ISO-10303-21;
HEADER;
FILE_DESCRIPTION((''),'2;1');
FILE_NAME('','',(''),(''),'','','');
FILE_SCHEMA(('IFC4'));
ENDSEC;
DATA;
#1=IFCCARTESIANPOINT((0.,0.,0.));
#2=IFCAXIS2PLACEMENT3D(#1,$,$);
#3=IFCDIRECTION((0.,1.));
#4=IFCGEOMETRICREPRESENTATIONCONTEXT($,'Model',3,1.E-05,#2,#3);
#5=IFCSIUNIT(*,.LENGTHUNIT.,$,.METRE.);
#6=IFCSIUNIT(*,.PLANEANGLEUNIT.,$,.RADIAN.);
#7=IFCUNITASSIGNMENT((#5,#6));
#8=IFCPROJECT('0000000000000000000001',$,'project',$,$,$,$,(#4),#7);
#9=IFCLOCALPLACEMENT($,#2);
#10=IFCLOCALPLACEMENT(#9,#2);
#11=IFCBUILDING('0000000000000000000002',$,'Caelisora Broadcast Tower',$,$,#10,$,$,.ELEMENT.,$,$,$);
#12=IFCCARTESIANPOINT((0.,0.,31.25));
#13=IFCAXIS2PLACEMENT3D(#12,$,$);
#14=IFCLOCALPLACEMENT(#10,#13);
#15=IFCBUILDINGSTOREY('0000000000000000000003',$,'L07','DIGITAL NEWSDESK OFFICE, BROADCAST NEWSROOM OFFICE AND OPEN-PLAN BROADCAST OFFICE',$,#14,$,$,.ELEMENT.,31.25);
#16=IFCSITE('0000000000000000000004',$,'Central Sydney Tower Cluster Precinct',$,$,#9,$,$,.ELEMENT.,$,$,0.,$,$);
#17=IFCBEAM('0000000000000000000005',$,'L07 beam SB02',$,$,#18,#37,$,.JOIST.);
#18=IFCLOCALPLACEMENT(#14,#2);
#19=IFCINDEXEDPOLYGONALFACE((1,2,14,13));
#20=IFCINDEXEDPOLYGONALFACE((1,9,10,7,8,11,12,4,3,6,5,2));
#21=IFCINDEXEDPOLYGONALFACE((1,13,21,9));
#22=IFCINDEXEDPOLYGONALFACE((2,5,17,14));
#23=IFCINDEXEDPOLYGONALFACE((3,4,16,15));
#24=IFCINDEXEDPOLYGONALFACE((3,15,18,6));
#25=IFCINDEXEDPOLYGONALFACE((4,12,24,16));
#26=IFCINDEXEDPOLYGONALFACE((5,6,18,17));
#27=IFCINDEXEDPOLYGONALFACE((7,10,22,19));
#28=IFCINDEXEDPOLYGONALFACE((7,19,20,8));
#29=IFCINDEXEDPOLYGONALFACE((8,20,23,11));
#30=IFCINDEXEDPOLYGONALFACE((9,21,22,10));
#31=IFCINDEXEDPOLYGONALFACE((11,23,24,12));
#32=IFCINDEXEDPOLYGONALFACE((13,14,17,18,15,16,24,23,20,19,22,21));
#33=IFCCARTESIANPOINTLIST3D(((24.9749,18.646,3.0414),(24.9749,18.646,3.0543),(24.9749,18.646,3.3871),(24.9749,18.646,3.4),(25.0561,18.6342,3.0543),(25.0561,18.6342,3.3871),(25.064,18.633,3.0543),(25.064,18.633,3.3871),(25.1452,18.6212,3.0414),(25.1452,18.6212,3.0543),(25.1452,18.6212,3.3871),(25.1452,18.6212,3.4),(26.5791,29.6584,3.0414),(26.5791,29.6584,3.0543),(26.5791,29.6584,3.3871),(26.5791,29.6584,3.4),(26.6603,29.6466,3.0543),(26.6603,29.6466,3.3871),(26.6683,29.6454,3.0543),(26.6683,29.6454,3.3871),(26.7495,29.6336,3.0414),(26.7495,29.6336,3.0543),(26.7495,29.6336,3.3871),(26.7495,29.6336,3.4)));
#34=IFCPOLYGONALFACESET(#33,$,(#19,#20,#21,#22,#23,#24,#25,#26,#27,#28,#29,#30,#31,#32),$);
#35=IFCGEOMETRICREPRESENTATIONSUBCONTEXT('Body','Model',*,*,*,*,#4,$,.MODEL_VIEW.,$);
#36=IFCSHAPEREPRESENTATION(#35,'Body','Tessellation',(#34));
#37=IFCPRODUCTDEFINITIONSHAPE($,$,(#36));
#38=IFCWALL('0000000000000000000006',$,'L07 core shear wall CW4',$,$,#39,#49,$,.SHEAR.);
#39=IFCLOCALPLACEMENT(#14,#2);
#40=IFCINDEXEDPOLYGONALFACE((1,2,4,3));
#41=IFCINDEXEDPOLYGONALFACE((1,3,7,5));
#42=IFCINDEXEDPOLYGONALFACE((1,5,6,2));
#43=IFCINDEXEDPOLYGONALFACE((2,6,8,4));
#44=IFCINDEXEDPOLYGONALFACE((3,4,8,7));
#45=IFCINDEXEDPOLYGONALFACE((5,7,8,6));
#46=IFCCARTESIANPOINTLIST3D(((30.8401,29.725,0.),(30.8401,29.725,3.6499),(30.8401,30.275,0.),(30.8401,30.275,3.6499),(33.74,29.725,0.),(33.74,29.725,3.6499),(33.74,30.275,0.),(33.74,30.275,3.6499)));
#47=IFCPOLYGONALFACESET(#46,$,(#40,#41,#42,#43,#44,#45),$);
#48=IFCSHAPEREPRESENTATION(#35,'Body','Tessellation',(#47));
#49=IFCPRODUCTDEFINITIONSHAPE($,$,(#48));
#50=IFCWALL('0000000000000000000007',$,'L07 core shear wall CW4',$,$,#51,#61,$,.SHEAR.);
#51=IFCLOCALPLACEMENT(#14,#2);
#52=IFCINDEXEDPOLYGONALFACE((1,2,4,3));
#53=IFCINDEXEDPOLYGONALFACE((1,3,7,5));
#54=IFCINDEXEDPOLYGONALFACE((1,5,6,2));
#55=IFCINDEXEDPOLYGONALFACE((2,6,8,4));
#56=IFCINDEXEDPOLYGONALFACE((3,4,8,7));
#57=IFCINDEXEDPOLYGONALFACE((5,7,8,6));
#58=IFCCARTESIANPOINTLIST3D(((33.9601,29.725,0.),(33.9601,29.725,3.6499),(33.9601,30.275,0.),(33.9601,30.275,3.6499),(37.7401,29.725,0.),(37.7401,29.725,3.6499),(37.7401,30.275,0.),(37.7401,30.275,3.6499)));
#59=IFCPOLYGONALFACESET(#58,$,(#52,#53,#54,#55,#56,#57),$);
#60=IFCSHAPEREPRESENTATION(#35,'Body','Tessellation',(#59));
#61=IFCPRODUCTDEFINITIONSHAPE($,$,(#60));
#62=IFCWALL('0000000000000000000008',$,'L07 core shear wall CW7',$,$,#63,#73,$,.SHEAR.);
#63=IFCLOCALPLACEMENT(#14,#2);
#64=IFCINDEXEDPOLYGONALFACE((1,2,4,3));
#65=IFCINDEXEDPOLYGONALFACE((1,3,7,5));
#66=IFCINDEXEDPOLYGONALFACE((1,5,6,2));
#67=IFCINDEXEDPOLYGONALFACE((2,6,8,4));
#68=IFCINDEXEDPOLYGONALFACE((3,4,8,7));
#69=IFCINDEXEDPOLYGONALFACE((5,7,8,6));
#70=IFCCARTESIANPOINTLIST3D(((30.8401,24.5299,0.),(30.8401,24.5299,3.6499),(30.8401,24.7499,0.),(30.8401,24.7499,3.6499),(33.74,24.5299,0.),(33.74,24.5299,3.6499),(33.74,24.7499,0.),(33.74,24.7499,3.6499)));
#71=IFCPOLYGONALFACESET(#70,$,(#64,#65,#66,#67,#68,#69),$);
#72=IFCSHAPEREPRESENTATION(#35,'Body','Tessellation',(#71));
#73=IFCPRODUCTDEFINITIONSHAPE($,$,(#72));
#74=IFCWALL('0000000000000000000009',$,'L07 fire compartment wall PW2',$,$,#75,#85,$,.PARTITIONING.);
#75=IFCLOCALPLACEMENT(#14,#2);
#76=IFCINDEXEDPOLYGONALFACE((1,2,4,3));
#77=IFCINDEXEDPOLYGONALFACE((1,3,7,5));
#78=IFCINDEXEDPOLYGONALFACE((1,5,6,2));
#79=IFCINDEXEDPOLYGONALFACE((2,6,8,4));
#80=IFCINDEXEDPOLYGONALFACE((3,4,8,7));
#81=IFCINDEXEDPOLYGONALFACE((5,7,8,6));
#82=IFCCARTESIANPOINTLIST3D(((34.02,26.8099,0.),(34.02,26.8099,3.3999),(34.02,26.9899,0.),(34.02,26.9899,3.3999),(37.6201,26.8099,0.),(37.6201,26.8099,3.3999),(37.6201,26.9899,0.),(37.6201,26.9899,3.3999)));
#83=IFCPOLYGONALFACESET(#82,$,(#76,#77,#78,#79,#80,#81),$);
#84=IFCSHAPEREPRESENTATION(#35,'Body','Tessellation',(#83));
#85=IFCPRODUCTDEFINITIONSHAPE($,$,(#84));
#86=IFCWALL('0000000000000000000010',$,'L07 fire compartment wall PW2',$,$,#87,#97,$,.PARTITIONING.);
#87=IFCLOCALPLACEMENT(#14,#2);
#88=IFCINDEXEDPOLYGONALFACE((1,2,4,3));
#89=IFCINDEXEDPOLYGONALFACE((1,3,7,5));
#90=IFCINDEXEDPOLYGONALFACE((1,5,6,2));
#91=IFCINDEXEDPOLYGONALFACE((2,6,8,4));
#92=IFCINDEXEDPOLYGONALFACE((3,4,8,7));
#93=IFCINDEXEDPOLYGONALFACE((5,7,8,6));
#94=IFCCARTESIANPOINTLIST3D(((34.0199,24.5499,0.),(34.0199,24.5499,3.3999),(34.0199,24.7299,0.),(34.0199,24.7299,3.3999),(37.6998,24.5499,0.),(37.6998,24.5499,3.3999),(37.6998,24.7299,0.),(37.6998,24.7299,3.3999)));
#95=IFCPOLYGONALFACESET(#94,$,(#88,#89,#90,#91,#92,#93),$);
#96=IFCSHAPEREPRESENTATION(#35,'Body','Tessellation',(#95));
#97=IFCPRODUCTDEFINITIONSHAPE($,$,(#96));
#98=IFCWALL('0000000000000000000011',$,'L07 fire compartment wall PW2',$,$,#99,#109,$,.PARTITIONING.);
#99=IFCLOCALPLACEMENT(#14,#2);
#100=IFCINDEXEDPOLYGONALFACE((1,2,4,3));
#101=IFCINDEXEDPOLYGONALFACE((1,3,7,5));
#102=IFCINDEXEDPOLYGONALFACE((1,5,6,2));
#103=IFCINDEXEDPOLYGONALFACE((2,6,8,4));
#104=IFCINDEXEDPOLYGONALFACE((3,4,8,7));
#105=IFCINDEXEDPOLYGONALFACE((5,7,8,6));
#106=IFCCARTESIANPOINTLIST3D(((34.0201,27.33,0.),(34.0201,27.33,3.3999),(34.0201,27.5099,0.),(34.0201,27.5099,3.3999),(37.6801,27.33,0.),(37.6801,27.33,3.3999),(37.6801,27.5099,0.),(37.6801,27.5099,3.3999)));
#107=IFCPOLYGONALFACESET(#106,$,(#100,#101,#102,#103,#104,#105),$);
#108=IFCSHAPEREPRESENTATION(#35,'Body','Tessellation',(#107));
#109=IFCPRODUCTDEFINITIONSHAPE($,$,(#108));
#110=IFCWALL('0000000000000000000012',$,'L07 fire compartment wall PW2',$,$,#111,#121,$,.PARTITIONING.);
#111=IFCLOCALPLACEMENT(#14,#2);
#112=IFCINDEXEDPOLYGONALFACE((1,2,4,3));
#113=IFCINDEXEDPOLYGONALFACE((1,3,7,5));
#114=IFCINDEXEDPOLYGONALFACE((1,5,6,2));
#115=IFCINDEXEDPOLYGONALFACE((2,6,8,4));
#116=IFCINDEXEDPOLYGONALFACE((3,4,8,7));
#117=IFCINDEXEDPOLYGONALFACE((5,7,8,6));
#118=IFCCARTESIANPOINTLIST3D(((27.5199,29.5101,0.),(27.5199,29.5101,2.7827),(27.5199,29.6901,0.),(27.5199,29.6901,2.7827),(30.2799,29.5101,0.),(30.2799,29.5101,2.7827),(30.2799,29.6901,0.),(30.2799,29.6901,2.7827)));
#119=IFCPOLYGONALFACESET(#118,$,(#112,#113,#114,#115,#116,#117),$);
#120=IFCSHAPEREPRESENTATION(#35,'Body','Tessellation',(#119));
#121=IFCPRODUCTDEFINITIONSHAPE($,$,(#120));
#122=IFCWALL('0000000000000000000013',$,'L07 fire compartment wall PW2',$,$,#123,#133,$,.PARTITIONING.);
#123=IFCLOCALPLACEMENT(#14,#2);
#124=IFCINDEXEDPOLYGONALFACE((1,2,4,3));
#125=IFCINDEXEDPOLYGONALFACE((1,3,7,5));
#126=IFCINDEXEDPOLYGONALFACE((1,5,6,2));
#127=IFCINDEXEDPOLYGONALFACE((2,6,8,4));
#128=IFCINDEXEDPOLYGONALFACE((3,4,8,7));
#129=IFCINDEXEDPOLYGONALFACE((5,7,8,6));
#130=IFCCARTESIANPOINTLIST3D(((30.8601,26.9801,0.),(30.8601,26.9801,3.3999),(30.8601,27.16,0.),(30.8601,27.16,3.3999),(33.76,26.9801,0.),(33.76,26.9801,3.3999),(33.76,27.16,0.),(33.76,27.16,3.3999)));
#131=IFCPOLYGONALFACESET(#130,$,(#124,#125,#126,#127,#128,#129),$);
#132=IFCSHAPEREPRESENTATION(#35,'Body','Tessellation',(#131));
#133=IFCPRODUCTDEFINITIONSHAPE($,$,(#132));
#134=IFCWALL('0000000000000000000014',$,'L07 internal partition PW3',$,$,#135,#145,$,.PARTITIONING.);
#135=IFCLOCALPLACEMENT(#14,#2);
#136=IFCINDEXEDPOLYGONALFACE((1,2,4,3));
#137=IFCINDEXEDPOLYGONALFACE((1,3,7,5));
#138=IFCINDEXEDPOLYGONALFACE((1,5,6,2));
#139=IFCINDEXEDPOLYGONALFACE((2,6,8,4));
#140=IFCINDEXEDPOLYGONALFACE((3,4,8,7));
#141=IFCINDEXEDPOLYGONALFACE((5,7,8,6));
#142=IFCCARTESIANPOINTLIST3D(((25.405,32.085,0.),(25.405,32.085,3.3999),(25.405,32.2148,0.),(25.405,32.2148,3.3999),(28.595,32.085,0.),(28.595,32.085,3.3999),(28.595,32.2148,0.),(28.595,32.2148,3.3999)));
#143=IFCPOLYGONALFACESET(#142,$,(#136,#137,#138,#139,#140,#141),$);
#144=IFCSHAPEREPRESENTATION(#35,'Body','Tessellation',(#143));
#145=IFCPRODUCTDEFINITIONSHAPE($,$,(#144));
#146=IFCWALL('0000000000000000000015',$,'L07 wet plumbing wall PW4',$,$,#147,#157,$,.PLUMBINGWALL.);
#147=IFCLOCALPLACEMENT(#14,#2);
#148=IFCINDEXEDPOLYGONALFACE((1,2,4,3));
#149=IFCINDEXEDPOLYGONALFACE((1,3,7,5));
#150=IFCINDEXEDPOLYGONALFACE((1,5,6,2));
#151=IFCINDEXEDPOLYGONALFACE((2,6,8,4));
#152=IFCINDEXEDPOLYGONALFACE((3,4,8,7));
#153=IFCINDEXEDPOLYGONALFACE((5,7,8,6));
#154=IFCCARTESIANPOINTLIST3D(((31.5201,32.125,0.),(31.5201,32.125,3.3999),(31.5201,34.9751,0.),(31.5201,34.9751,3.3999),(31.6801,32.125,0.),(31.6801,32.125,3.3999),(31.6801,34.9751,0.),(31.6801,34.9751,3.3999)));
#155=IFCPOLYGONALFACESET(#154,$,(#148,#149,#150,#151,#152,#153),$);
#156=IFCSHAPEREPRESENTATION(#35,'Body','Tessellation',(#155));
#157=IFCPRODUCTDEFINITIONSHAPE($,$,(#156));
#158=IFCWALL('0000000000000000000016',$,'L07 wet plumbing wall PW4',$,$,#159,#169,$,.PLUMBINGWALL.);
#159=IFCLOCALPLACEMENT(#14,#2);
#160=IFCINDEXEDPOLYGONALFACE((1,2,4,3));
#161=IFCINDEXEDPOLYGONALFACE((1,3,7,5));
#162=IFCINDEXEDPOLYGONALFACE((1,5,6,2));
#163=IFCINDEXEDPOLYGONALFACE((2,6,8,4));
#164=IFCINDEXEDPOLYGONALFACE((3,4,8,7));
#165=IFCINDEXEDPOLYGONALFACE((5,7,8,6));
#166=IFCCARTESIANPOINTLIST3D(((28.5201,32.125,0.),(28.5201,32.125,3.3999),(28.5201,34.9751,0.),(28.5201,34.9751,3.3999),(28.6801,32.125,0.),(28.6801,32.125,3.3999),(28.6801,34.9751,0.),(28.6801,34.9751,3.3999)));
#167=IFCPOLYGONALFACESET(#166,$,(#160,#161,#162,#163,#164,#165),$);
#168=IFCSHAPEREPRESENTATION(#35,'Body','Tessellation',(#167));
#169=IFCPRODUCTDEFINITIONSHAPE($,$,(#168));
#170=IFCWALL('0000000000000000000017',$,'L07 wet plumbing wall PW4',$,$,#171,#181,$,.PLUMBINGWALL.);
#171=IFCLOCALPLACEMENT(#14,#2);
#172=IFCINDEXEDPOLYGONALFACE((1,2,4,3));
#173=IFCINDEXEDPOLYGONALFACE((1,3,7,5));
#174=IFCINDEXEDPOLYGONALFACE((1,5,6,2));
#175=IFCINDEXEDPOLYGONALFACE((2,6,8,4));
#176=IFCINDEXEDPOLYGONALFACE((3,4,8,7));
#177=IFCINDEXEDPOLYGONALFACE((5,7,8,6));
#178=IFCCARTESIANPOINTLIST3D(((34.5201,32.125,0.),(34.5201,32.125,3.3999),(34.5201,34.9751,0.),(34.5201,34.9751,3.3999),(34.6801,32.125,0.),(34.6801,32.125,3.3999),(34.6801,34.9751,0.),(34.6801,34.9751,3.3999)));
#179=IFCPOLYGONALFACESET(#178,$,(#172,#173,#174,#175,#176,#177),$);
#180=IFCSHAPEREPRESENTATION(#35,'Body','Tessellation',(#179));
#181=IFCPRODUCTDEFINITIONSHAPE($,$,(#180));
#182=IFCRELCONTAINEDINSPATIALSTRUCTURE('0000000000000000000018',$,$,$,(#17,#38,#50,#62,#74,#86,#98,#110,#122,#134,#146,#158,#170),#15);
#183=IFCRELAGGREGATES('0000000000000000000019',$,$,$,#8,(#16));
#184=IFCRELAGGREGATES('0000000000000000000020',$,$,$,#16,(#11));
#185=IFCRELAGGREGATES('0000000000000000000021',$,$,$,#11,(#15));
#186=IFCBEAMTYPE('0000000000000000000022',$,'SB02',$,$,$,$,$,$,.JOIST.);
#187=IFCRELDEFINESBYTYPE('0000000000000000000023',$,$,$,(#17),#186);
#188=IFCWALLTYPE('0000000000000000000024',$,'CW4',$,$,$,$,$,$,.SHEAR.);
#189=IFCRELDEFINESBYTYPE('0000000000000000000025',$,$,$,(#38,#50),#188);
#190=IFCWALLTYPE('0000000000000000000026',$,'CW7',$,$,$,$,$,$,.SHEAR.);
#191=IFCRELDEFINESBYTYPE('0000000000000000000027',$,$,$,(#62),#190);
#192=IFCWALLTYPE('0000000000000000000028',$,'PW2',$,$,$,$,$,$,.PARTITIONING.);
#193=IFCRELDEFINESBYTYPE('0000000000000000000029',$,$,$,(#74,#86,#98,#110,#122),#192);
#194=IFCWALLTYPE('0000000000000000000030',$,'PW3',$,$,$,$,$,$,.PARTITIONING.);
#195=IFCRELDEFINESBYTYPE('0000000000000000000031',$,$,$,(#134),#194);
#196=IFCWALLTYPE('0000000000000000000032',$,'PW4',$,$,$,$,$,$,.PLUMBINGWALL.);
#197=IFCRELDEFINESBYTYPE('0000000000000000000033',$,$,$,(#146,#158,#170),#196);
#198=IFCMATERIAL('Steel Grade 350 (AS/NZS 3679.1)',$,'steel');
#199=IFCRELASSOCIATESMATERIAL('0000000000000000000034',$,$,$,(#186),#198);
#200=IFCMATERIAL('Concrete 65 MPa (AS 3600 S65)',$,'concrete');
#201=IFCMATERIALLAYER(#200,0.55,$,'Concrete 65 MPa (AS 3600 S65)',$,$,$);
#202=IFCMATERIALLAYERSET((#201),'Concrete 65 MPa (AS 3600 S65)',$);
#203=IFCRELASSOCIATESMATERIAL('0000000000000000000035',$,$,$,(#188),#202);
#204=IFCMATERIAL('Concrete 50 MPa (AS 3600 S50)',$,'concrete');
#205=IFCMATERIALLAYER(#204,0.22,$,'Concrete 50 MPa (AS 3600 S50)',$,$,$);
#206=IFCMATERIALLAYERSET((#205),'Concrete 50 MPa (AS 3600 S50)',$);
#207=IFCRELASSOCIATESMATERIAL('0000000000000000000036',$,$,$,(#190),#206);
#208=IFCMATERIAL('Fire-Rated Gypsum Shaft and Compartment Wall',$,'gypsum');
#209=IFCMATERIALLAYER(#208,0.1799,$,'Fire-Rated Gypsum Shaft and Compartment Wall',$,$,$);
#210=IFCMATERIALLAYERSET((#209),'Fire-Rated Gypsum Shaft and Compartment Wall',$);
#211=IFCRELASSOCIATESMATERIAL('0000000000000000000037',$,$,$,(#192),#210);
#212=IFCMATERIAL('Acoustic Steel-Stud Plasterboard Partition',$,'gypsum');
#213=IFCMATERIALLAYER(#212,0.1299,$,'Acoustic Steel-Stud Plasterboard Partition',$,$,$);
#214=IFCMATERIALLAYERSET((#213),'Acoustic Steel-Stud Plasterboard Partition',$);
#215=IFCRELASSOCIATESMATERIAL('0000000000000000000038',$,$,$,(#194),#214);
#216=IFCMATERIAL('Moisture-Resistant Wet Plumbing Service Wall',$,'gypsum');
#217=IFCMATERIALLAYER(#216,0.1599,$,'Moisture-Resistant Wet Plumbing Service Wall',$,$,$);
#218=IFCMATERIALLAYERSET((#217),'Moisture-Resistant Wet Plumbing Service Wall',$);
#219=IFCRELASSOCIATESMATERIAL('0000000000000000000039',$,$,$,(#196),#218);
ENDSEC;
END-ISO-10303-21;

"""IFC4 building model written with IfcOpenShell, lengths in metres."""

from ifc_helpers import new_model, si_unit, direction, frame, frame_2d, origin, origin_2d, place, context, subcontext, project, spatial, rectangle, i_section, extrude, source, transform, mapped, material, layer, layer_set, material_profile, profile_set, type_object, element, save


model = new_model("IFC4")

# Units and contexts
model_context = context("Model", 3, precision=1e-05, world=origin(), true_north=direction((0.0, 1.0)))
body_context = subcontext(model_context, "Body", "Model", "MODEL_VIEW")
ifc_project = project(units=[si_unit("LENGTHUNIT", "METRE"), si_unit("PLANEANGLEUNIT", "RADIAN")], contexts=[model_context])

# Site, building, storey
site_placement = place(None, origin())
site = spatial("IfcSite", under=ifc_project, at=site_placement, Name="Central Sydney Tower Cluster Precinct", CompositionType="ELEMENT", RefElevation=0.0)
building_placement = place(site_placement, origin())
building = spatial("IfcBuilding", under=site, at=building_placement, Name="Caelisora Broadcast Tower", CompositionType="ELEMENT")
storey_placement = place(building_placement, frame((0.0, 0.0, 31.25)))
storey = spatial("IfcBuildingStorey", under=building, at=storey_placement, Name="L07", Description="DIGITAL NEWSDESK OFFICE, BROADCAST NEWSROOM OFFICE AND OPEN-PLAN BROADCAST OFFICE", CompositionType="ELEMENT", Elevation=31.25)

# Shared definitions
ifc_material_1 = material(Name="Steel Grade 350 (AS/NZS 3679.1)", Category="steel")

# Beam
ifc_material_profile_1 = material_profile(ifc_material_1, i_section(OverallWidth=0.1721, OverallDepth=0.3586, WebThickness=0.0081, FlangeThickness=0.0129, at=origin_2d()), Name="Steel Grade 350 (AS/NZS 3679.1)")
ifc_profile_set_1 = profile_set([ifc_material_profile_1], Name="Steel Grade 350 (AS/NZS 3679.1)")
beam_type_1 = type_object("IfcBeamType", Name="SB02", PredefinedType="JOIST", material=ifc_profile_set_1)
shared_shape_1 = source(origin(), body_context, "Body", "SweptSolid", [
    extrude(i_section(OverallWidth=0.1721, OverallDepth=0.3586, WebThickness=0.0081, FlangeThickness=0.0129, at=origin_2d()), origin(), (0.0, 0.0, 1.0), 11.1287),
])
beam_1_placement = place(storey_placement, frame((26.6643, 29.646, 3.2207), z_axis=(-0.144154, -0.989555, 0.0), x_axis=(0.989555, -0.144154, 0.0)))
element("IfcBeam", 1, at=beam_1_placement, inside=storey, type_object=beam_type_1, Name="L07 beam SB02", PredefinedType="JOIST", context=body_context, shape_type="MappedRepresentation", body=[
    mapped(shared_shape_1, transform((0.0, 0.0, 0.0), scale=1.0)),
])

# Walls
ifc_material_2 = material(Name="Concrete 65 MPa (AS 3600 S65)", Category="concrete")
ifc_layer_1 = layer(ifc_material_2, 0.55, Name="Concrete 65 MPa (AS 3600 S65)")
ifc_layer_set_1 = layer_set([ifc_layer_1], Name="Concrete 65 MPa (AS 3600 S65)")
wall_type_1 = type_object("IfcWallType", Name="CW4", PredefinedType="SHEAR", material=ifc_layer_set_1)
wall_1_placement = place(storey_placement, frame((30.8401, 30.0, 0.0), z_axis=(0.0, 0.0, 1.0), x_axis=(1.0, 0.0, 0.0)))
element("IfcWall", 2, at=wall_1_placement, inside=storey, type_object=wall_type_1, Name="L07 core shear wall CW4", PredefinedType="SHEAR", context=body_context, shape_type="SweptSolid", body=[
    extrude(rectangle(XDim=2.8999, YDim=0.55, at=frame_2d((1.45, 0.0))), origin(), (0.0, 0.0, 1.0), 3.6499),
])
wall_2_placement = place(storey_placement, frame((33.96, 30.0, 0.0), z_axis=(0.0, 0.0, 1.0), x_axis=(1.0, 0.0, 0.0)))
element("IfcWall", 3, at=wall_2_placement, inside=storey, type_object=wall_type_1, Name="L07 core shear wall CW4", PredefinedType="SHEAR", context=body_context, shape_type="SweptSolid", body=[
    extrude(rectangle(XDim=3.78, YDim=0.55, at=frame_2d((1.8901, 0.0))), origin(), (0.0, 0.0, 1.0), 3.6499),
])
ifc_material_3 = material(Name="Concrete 50 MPa (AS 3600 S50)", Category="concrete")
ifc_layer_2 = layer(ifc_material_3, 0.22, Name="Concrete 50 MPa (AS 3600 S50)")
ifc_layer_set_2 = layer_set([ifc_layer_2], Name="Concrete 50 MPa (AS 3600 S50)")
wall_type_2 = type_object("IfcWallType", Name="CW7", PredefinedType="SHEAR", material=ifc_layer_set_2)
wall_3_placement = place(storey_placement, frame((30.8401, 24.6399, 0.0), z_axis=(0.0, 0.0, 1.0), x_axis=(1.0, 0.0, 0.0)))
element("IfcWall", 4, at=wall_3_placement, inside=storey, type_object=wall_type_2, Name="L07 core shear wall CW7", PredefinedType="SHEAR", context=body_context, shape_type="SweptSolid", body=[
    extrude(rectangle(XDim=2.8999, YDim=0.22, at=frame_2d((1.45, 0.0))), origin(), (0.0, 0.0, 1.0), 3.6499),
])
ifc_material_4 = material(Name="Fire-Rated Gypsum Shaft and Compartment Wall", Category="gypsum")
ifc_layer_3 = layer(ifc_material_4, 0.1799, Name="Fire-Rated Gypsum Shaft and Compartment Wall")
ifc_layer_set_3 = layer_set([ifc_layer_3], Name="Fire-Rated Gypsum Shaft and Compartment Wall")
wall_type_3 = type_object("IfcWallType", Name="PW2", PredefinedType="PARTITIONING", material=ifc_layer_set_3)
wall_4_placement = place(storey_placement, frame((34.02, 26.8999, 0.0), z_axis=(0.0, 0.0, 1.0), x_axis=(1.0, 0.0, 0.0)))
element("IfcWall", 5, at=wall_4_placement, inside=storey, type_object=wall_type_3, Name="L07 fire compartment wall PW2", PredefinedType="PARTITIONING", context=body_context, shape_type="SweptSolid", body=[
    extrude(rectangle(XDim=3.6001, YDim=0.1799, at=frame_2d((1.8, 0.0))), origin(), (0.0, 0.0, 1.0), 3.3999),
])
wall_5_placement = place(storey_placement, frame((34.02, 24.6399, 0.0), z_axis=(0.0, 0.0, 1.0), x_axis=(1.0, 0.0, 0.0)))
element("IfcWall", 6, at=wall_5_placement, inside=storey, type_object=wall_type_3, Name="L07 fire compartment wall PW2", PredefinedType="PARTITIONING", context=body_context, shape_type="SweptSolid", body=[
    extrude(rectangle(XDim=3.6799, YDim=0.1799, at=frame_2d((1.8398, 0.0))), origin(), (0.0, 0.0, 1.0), 3.3999),
])
wall_6_placement = place(storey_placement, frame((34.02, 27.4199, 0.0), z_axis=(0.0, 0.0, 1.0), x_axis=(1.0, 0.0, 0.0)))
element("IfcWall", 7, at=wall_6_placement, inside=storey, type_object=wall_type_3, Name="L07 fire compartment wall PW2", PredefinedType="PARTITIONING", context=body_context, shape_type="SweptSolid", body=[
    extrude(rectangle(XDim=3.6599, YDim=0.1799, at=frame_2d((1.8301, 0.0))), origin(), (0.0, 0.0, 1.0), 3.3999),
])
wall_7_placement = place(storey_placement, frame((27.52, 29.6001, 0.0), z_axis=(0.0, 0.0, 1.0), x_axis=(1.0, 0.0, 0.0)))
element("IfcWall", 8, at=wall_7_placement, inside=storey, type_object=wall_type_3, Name="L07 fire compartment wall PW2", PredefinedType="PARTITIONING", context=body_context, shape_type="SweptSolid", body=[
    extrude(rectangle(XDim=2.76, YDim=0.1799, at=frame_2d((1.3799, 0.0))), origin(), (0.0, 0.0, 1.0), 2.7827),
])
wall_8_placement = place(storey_placement, frame((30.8601, 27.0701, 0.0), z_axis=(0.0, 0.0, 1.0), x_axis=(1.0, 0.0, 0.0)))
element("IfcWall", 9, at=wall_8_placement, inside=storey, type_object=wall_type_3, Name="L07 fire compartment wall PW2", PredefinedType="PARTITIONING", context=body_context, shape_type="SweptSolid", body=[
    extrude(rectangle(XDim=2.8999, YDim=0.1799, at=frame_2d((1.45, 0.0))), origin(), (0.0, 0.0, 1.0), 3.3999),
])
ifc_material_5 = material(Name="Acoustic Steel-Stud Plasterboard Partition", Category="gypsum")
ifc_layer_4 = layer(ifc_material_5, 0.1299, Name="Acoustic Steel-Stud Plasterboard Partition")
ifc_layer_set_4 = layer_set([ifc_layer_4], Name="Acoustic Steel-Stud Plasterboard Partition")
wall_type_4 = type_object("IfcWallType", Name="PW3", PredefinedType="PARTITIONING", material=ifc_layer_set_4)
wall_9_placement = place(storey_placement, frame((25.405, 32.1499, 0.0), z_axis=(0.0, 0.0, 1.0), x_axis=(1.0, 0.0, 0.0)))
element("IfcWall", 10, at=wall_9_placement, inside=storey, type_object=wall_type_4, Name="L07 internal partition PW3", PredefinedType="PARTITIONING", context=body_context, shape_type="SweptSolid", body=[
    extrude(rectangle(XDim=3.1899, YDim=0.1299, at=frame_2d((1.595, 0.0))), origin(), (0.0, 0.0, 1.0), 3.3999),
])
ifc_material_6 = material(Name="Moisture-Resistant Wet Plumbing Service Wall", Category="gypsum")
ifc_layer_5 = layer(ifc_material_6, 0.1599, Name="Moisture-Resistant Wet Plumbing Service Wall")
ifc_layer_set_5 = layer_set([ifc_layer_5], Name="Moisture-Resistant Wet Plumbing Service Wall")
wall_type_5 = type_object("IfcWallType", Name="PW4", PredefinedType="PLUMBINGWALL", material=ifc_layer_set_5)
for number, where, z_axis, x_axis, name in (
    (11, (31.6001, 32.125, 0.0), (0.0, 0.0, 1.0), (0.0, 1.0, 0.0), "L07 wet plumbing wall PW4"),
    (12, (28.6001, 32.125, 0.0), (0.0, 0.0, 1.0), (0.0, 1.0, 0.0), "L07 wet plumbing wall PW4"),
    (13, (34.6001, 32.125, 0.0), (0.0, 0.0, 1.0), (0.0, 1.0, 0.0), "L07 wet plumbing wall PW4"),
):
    element("IfcWall", number, at=place(storey_placement, frame(where, z_axis=z_axis, x_axis=x_axis)), inside=storey, type_object=wall_type_5, Name=name, PredefinedType="PLUMBINGWALL", context=body_context, shape_type="SweptSolid", body=[
        extrude(rectangle(XDim=2.8501, YDim=0.1599, at=frame_2d((1.425, 0.0))), origin(), (0.0, 0.0, 1.0), 3.3999),
    ])

save(model, "model.ifc")
